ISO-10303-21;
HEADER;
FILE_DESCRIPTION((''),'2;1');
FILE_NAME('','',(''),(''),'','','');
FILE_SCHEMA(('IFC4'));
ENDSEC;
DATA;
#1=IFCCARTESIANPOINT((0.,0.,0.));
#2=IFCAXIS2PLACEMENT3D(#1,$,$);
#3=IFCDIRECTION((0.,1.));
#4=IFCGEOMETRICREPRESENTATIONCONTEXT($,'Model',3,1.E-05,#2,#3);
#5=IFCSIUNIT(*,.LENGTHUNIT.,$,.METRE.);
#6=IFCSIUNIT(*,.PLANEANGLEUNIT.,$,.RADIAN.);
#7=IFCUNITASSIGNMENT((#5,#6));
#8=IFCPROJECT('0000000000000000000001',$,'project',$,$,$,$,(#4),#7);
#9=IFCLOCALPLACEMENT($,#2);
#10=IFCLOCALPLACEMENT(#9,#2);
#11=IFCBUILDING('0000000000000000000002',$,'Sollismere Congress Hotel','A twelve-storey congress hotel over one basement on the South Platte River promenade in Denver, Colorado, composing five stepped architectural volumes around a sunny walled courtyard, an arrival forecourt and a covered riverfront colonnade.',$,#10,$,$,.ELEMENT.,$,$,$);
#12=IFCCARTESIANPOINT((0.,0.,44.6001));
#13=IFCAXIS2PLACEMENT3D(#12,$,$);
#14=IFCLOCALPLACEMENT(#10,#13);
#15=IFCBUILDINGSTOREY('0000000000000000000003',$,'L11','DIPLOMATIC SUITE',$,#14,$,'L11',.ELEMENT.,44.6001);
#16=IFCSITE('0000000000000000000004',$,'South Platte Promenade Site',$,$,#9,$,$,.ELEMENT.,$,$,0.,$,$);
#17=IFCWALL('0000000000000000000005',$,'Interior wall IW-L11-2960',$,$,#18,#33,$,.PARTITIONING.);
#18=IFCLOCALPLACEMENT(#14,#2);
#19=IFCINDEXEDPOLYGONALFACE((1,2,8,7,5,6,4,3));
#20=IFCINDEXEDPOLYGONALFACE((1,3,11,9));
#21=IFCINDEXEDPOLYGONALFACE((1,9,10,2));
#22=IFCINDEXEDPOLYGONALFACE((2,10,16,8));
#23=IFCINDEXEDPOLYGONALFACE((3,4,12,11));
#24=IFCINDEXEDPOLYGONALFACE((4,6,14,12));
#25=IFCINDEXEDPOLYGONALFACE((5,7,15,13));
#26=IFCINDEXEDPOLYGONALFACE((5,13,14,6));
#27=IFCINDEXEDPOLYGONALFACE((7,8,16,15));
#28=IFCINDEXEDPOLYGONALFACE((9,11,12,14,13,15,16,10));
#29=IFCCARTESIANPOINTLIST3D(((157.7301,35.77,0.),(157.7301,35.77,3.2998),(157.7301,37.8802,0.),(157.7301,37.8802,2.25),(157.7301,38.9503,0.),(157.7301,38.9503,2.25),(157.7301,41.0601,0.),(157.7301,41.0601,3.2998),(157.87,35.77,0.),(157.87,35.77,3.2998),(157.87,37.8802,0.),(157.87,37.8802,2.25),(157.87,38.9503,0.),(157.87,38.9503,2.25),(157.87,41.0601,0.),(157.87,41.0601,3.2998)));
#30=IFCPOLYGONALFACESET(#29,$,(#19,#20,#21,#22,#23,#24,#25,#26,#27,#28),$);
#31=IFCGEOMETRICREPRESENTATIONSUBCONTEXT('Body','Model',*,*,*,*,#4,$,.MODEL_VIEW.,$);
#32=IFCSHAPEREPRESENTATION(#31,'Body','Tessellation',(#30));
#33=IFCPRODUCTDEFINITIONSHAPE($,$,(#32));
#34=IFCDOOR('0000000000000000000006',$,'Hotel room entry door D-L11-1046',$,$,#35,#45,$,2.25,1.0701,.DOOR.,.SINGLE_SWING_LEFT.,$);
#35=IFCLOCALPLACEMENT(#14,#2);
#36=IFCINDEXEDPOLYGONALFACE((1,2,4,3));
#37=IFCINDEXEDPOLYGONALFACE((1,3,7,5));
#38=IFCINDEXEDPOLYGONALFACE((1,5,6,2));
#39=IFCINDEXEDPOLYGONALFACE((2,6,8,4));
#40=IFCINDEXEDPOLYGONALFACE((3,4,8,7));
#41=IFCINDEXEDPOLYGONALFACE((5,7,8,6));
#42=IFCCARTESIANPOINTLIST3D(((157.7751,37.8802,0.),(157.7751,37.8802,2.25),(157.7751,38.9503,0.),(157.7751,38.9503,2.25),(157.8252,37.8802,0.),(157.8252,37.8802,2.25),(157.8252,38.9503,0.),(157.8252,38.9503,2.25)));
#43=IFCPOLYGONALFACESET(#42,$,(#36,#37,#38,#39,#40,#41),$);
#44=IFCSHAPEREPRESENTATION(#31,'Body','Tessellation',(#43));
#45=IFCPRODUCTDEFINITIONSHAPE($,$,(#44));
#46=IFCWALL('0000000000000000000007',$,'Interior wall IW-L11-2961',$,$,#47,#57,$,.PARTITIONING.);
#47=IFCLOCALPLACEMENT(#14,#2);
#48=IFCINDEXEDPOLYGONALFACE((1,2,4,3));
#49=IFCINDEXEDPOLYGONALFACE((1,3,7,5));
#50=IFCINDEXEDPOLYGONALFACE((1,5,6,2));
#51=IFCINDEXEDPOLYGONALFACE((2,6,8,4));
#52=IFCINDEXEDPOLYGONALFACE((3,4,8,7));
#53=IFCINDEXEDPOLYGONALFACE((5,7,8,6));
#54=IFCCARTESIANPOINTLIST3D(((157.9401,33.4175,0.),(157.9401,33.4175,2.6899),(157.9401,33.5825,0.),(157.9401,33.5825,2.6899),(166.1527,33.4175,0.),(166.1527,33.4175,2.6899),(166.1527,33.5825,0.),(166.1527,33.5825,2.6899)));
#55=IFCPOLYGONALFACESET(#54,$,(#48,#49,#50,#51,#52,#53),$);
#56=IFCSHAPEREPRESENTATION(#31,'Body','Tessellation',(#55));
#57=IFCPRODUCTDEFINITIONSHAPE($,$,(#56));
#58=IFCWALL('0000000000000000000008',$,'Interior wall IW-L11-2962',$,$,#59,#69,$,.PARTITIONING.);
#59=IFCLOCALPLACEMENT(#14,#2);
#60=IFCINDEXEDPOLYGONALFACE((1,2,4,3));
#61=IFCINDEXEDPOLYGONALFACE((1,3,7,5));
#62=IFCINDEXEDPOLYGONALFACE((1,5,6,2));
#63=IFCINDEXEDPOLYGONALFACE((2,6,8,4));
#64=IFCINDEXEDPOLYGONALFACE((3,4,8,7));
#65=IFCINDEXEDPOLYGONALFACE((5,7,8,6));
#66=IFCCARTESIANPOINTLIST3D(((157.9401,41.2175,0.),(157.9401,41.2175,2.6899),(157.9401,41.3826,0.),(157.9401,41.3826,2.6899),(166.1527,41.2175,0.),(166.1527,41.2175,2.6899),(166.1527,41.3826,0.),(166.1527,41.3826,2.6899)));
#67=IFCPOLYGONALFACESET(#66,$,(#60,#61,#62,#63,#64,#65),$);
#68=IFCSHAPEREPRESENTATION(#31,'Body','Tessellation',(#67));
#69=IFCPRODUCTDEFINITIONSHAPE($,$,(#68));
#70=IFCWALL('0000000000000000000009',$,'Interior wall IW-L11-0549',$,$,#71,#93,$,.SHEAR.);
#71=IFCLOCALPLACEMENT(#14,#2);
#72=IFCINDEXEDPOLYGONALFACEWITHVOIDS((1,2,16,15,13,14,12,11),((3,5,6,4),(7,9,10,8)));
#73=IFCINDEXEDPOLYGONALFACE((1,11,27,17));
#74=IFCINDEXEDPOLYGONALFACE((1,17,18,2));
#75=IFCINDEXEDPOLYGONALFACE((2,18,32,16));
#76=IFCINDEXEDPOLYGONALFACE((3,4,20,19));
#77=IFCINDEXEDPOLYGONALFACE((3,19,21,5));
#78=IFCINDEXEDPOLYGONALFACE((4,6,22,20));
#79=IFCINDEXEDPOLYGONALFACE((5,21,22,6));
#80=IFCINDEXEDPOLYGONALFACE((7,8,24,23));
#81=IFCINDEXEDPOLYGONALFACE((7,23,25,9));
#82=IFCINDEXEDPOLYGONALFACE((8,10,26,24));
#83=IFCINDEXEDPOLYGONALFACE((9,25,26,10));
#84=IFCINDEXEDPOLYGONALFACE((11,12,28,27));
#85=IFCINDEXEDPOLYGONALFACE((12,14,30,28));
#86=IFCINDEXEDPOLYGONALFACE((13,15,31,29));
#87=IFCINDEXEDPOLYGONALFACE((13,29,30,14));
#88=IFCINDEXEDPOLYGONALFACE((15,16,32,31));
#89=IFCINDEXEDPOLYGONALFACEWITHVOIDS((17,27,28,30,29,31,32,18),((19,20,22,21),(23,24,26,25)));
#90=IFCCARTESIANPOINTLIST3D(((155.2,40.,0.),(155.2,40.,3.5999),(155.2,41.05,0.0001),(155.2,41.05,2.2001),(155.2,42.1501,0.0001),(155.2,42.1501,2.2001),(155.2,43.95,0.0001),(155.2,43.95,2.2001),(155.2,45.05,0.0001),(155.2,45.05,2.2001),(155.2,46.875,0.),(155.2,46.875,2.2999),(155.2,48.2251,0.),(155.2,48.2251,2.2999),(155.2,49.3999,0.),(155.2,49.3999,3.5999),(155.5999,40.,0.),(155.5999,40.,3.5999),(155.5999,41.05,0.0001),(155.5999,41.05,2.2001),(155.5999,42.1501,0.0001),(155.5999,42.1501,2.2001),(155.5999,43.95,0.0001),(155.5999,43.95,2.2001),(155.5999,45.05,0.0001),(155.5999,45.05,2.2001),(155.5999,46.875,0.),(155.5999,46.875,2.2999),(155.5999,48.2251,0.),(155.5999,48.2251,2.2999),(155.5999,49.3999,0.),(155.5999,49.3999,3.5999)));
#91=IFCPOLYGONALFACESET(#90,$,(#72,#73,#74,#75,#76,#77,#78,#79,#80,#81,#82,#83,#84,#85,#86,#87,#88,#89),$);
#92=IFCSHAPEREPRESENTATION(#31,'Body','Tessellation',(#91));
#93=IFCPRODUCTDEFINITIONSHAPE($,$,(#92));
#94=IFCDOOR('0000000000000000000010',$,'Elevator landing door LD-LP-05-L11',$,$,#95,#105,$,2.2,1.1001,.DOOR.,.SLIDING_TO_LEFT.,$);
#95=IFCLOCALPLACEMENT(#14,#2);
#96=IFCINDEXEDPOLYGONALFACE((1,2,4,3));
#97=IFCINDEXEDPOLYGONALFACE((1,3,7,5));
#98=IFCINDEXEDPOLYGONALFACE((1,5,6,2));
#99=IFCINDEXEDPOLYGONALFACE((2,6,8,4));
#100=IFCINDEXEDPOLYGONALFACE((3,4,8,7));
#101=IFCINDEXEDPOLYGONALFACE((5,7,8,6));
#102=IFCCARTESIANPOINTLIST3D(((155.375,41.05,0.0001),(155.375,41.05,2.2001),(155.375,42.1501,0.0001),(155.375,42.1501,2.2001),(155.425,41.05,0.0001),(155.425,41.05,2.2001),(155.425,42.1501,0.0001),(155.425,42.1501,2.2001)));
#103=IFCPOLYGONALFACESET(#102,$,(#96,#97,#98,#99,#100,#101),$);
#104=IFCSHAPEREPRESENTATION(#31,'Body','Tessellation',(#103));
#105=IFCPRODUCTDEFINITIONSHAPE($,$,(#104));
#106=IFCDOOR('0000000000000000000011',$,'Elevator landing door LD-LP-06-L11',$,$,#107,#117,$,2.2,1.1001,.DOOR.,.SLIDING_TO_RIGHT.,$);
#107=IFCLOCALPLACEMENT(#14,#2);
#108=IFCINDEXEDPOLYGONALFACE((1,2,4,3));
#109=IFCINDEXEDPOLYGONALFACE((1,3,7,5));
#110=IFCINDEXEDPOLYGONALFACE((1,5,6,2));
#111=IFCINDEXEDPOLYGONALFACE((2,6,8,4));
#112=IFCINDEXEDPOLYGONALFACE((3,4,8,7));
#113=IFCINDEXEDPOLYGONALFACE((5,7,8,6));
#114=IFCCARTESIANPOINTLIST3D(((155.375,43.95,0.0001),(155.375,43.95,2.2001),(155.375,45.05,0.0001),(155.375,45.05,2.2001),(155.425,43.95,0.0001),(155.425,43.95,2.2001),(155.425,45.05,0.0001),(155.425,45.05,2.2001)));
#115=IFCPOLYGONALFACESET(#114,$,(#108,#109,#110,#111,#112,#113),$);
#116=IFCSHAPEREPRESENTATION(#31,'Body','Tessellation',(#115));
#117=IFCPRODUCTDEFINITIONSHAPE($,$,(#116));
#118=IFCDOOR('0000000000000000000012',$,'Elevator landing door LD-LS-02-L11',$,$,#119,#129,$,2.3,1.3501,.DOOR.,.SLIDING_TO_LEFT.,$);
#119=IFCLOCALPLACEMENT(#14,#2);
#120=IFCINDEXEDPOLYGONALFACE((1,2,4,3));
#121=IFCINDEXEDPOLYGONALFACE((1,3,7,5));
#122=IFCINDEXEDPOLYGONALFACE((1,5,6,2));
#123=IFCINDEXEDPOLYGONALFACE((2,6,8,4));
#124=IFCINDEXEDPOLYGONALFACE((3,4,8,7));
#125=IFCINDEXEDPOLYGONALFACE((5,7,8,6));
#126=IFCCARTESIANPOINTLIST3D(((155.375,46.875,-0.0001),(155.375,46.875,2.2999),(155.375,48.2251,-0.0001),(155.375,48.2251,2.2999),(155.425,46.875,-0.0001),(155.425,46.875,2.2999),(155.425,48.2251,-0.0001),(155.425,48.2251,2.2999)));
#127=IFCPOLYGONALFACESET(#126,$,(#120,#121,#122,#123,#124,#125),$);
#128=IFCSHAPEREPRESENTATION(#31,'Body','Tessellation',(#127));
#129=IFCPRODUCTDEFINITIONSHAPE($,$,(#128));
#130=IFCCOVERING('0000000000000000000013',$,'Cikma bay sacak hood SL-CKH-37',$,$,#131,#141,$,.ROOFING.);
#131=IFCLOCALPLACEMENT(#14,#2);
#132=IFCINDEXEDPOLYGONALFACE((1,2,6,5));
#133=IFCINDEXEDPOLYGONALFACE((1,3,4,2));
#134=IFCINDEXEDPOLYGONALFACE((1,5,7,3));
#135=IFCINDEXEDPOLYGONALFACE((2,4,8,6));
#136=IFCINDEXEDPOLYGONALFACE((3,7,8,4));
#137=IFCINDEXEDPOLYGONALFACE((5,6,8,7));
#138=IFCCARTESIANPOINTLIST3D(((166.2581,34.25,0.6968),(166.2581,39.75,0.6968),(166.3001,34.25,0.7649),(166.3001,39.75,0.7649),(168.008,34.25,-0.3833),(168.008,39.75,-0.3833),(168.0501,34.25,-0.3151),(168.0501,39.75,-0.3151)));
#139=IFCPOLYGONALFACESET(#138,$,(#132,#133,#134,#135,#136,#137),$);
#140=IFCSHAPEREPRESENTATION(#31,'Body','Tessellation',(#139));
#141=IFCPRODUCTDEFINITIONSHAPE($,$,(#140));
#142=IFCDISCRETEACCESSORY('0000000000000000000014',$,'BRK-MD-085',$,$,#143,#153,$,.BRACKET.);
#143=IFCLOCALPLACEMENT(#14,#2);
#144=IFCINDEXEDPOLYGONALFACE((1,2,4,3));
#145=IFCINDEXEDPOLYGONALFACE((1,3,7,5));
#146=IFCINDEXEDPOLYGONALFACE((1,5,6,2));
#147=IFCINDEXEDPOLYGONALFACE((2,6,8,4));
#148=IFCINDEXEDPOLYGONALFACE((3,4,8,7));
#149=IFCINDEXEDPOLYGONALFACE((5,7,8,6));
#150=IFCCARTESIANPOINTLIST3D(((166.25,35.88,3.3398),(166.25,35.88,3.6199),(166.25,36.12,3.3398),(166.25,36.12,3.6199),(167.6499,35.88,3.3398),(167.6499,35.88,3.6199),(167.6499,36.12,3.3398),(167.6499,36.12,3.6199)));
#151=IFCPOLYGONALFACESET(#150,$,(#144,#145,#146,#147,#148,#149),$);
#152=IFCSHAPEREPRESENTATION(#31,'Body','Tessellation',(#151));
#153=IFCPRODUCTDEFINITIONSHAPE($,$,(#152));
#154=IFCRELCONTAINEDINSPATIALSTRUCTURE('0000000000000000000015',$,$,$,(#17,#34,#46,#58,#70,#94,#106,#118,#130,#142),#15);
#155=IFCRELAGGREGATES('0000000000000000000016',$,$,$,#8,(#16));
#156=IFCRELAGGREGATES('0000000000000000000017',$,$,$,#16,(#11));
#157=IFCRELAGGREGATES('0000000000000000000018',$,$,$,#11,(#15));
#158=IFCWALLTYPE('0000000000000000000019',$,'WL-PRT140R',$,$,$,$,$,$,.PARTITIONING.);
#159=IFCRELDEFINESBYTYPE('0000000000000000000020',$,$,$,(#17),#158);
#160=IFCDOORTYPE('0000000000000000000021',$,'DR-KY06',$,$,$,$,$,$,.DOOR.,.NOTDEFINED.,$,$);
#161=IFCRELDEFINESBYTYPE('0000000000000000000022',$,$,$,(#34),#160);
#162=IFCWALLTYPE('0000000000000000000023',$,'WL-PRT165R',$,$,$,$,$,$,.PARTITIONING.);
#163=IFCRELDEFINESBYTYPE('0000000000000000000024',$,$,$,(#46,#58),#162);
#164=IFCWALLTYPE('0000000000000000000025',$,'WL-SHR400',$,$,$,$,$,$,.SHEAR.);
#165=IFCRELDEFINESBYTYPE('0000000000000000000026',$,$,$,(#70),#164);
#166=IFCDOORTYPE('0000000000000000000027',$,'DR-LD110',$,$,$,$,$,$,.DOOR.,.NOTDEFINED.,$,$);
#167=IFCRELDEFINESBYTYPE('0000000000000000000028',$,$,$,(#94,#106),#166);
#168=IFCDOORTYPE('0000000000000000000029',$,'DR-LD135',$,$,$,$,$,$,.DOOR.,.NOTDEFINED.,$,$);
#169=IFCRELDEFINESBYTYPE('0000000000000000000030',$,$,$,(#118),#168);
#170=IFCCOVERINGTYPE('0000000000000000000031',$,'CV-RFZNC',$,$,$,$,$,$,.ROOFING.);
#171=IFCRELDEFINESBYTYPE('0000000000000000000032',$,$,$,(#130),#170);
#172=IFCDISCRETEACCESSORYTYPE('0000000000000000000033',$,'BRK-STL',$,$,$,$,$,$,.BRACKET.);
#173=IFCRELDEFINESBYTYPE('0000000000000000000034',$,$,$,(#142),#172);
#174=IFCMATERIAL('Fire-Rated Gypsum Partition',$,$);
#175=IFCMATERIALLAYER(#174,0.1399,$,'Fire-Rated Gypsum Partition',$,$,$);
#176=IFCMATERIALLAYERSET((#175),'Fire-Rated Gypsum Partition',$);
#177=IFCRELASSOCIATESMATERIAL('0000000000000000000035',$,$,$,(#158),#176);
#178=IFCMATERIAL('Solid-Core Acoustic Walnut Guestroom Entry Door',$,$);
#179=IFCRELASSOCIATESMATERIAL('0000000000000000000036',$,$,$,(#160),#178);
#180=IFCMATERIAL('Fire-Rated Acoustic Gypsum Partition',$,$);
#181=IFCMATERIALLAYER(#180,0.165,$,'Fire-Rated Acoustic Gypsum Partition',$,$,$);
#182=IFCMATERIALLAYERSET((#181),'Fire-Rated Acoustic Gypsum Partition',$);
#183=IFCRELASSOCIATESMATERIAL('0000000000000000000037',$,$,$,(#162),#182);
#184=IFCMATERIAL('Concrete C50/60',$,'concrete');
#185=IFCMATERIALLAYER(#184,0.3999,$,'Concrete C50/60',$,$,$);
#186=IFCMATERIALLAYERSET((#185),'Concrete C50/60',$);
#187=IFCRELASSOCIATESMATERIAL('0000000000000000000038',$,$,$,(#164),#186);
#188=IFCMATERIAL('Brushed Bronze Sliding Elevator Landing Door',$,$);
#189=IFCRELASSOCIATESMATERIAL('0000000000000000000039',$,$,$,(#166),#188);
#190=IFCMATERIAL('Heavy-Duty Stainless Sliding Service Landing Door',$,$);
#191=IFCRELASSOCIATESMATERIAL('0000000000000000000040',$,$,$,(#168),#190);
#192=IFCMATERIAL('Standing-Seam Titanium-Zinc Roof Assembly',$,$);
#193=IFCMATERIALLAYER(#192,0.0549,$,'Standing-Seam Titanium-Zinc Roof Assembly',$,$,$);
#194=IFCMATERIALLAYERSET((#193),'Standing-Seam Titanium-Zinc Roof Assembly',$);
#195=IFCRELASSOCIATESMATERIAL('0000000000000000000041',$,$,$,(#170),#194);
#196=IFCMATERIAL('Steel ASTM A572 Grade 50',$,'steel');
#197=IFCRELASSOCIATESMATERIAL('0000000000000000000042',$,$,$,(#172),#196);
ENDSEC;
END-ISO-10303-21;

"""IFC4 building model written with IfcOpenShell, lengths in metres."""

from ifc_helpers import new_model, si_unit, direction, frame, frame_2d, origin, origin_2d, place, context, subcontext, project, spatial, polyline, rectangle, outline, extrude, material, layer, layer_set, type_object, element, fill, save


model = new_model("IFC4")

# Units and contexts
model_context = context("Model", 3, precision=1e-05, world=origin(), true_north=direction((0.0, 1.0)))
body_context = subcontext(model_context, "Body", "Model", "MODEL_VIEW")
ifc_project = project(units=[si_unit("LENGTHUNIT", "METRE"), si_unit("PLANEANGLEUNIT", "RADIAN")], contexts=[model_context])

# Site, building, storey
site_placement = place(None, origin())
site = spatial("IfcSite", under=ifc_project, at=site_placement, Name="South Platte Promenade Site", CompositionType="ELEMENT", RefElevation=0.0)
building_placement = place(site_placement, origin())
building = spatial("IfcBuilding", under=site, at=building_placement, Name="Sollismere Congress Hotel", Description="A twelve-storey congress hotel over one basement on the South Platte River promenade in Denver, Colorado, composing five stepped architectural volumes around a sunny walled courtyard, an arrival forecourt and a covered riverfront colonnade.", CompositionType="ELEMENT")
storey_placement = place(building_placement, frame((0.0, 0.0, 44.6001)))
storey = spatial("IfcBuildingStorey", under=building, at=storey_placement, Name="L11", Description="DIPLOMATIC SUITE", LongName="L11", CompositionType="ELEMENT", Elevation=44.6001)

# Shared definitions
ifc_material_1 = material(Name="Fire-Rated Gypsum Partition")
ifc_layer_1 = layer(ifc_material_1, 0.1399, Name="Fire-Rated Gypsum Partition")
ifc_layer_set_1 = layer_set([ifc_layer_1], Name="Fire-Rated Gypsum Partition")
wall_type_1 = type_object("IfcWallType", Name="WL-PRT140R", PredefinedType="PARTITIONING", material=ifc_layer_set_1)

# Wall, opening, door
wall_1_placement = place(storey_placement, frame((157.8, 35.77, 0.0), z_axis=(0.0, 0.0, 1.0), x_axis=(0.0, 1.0, 0.0)))
wall_1 = element("IfcWall", 1, at=wall_1_placement, inside=storey, type_object=wall_type_1, Name="Interior wall IW-L11-2960", PredefinedType="PARTITIONING", context=body_context, shape_type="SweptSolid", body=[
    extrude(rectangle(XDim=5.29, YDim=0.1399, at=frame_2d((2.645, 0.0))), origin(), (0.0, 0.0, 1.0), 3.2998),
])
opening_1_placement = place(wall_1_placement, frame((2.1101, 0.0, 0.0)))
opening_1 = element("IfcOpeningElement", 2, at=opening_1_placement, cuts=wall_1, PredefinedType="OPENING", context=body_context, shape_type="SweptSolid", body=[
    extrude(rectangle(XDim=1.0701, YDim=2.25, at=frame_2d((0.5352, 1.125))), frame((0.0, 0.0798, 0.0), z_axis=(0.0, -1.0, 0.0), x_axis=(1.0, 0.0, 0.0)), (0.0, 0.0, 1.0), 0.1599),
])
ifc_material_2 = material(Name="Solid-Core Acoustic Walnut Guestroom Entry Door")
door_type_1 = type_object("IfcDoorType", Name="DR-KY06", OperationType="NOTDEFINED", PredefinedType="DOOR", material=ifc_material_2)
door_1_placement = place(opening_1_placement, origin())
door_1 = element("IfcDoor", 3, at=door_1_placement, inside=storey, type_object=door_type_1, Name="Hotel room entry door D-L11-1046", OperationType="SINGLE_SWING_LEFT", OverallHeight=2.25, OverallWidth=1.0701, PredefinedType="DOOR", context=body_context, shape_type="SweptSolid", body=[
    extrude(rectangle(XDim=1.0701, YDim=2.25, at=frame_2d((0.5352, 1.125))), frame((0.0, 0.0249, 0.0), z_axis=(0.0, -1.0, 0.0), x_axis=(1.0, 0.0, 0.0)), (0.0, 0.0, 1.0), 0.05),
])
fill(opening_1, door_1)

# Walls
ifc_material_3 = material(Name="Fire-Rated Acoustic Gypsum Partition")
ifc_layer_2 = layer(ifc_material_3, 0.165, Name="Fire-Rated Acoustic Gypsum Partition")
ifc_layer_set_2 = layer_set([ifc_layer_2], Name="Fire-Rated Acoustic Gypsum Partition")
wall_type_2 = type_object("IfcWallType", Name="WL-PRT165R", PredefinedType="PARTITIONING", material=ifc_layer_set_2)
for number, where, z_axis, x_axis, name in (
    (4, (157.9399, 33.5, 0.0), (0.0, 0.0, 1.0), (1.0, 0.0, 0.0), "Interior wall IW-L11-2961"),
    (5, (157.9399, 41.3, 0.0), (0.0, 0.0, 1.0), (1.0, 0.0, 0.0), "Interior wall IW-L11-2962"),
):
    element("IfcWall", number, at=place(storey_placement, frame(where, z_axis=z_axis, x_axis=x_axis)), inside=storey, type_object=wall_type_2, Name=name, PredefinedType="PARTITIONING", context=body_context, shape_type="SweptSolid", body=[
        extrude(rectangle(XDim=8.2126, YDim=0.165, at=frame_2d((4.1064, 0.0))), origin(), (0.0, 0.0, 1.0), 2.6899),
    ])

# Wall, openings, doors
ifc_material_4 = material(Name="Concrete C50/60", Category="concrete")
ifc_layer_3 = layer(ifc_material_4, 0.3999, Name="Concrete C50/60")
ifc_layer_set_3 = layer_set([ifc_layer_3], Name="Concrete C50/60")
wall_type_3 = type_object("IfcWallType", Name="WL-SHR400", PredefinedType="SHEAR", material=ifc_layer_set_3)
wall_2_placement = place(storey_placement, frame((155.3999, 40.0, 0.0), z_axis=(0.0, 0.0, 1.0), x_axis=(0.0, 1.0, 0.0)))
wall_2 = element("IfcWall", 6, at=wall_2_placement, inside=storey, type_object=wall_type_3, Name="Interior wall IW-L11-0549", PredefinedType="SHEAR", context=body_context, shape_type="SweptSolid", body=[
    extrude(rectangle(XDim=9.3999, YDim=0.3999, at=frame_2d((4.7, 0.0))), origin(), (0.0, 0.0, 1.0), 3.5999),
])
opening_2_placement = place(wall_2_placement, frame((1.05, 0.0, 0.0)))
opening_2 = element("IfcOpeningElement", 7, at=opening_2_placement, cuts=wall_2, PredefinedType="OPENING", context=body_context, shape_type="SweptSolid", body=[
    extrude(rectangle(XDim=1.1001, YDim=2.2, at=frame_2d((0.55, 1.1001))), frame((0.0, 0.21, 0.0), z_axis=(0.0, -1.0, 0.0), x_axis=(1.0, 0.0, 0.0)), (0.0, 0.0, 1.0), 0.4199),
])
opening_3_placement = place(wall_2_placement, frame((3.95, 0.0, 0.0)))
opening_3 = element("IfcOpeningElement", 8, at=opening_3_placement, cuts=wall_2, PredefinedType="OPENING", context=body_context, shape_type="SweptSolid", body=[
    extrude(rectangle(XDim=1.1001, YDim=2.2, at=frame_2d((0.55, 1.1001))), frame((0.0, 0.21, 0.0), z_axis=(0.0, -1.0, 0.0), x_axis=(1.0, 0.0, 0.0)), (0.0, 0.0, 1.0), 0.4199),
])
opening_4_placement = place(wall_2_placement, frame((6.875, 0.0, 0.0)))
opening_4 = element("IfcOpeningElement", 9, at=opening_4_placement, cuts=wall_2, PredefinedType="OPENING", context=body_context, shape_type="SweptSolid", body=[
    extrude(rectangle(XDim=1.3501, YDim=2.3, at=frame_2d((0.675, 1.1499))), frame((0.0, 0.21, 0.0), z_axis=(0.0, -1.0, 0.0), x_axis=(1.0, 0.0, 0.0)), (0.0, 0.0, 1.0), 0.4199),
])
ifc_material_5 = material(Name="Brushed Bronze Sliding Elevator Landing Door")
door_type_2 = type_object("IfcDoorType", Name="DR-LD110", OperationType="NOTDEFINED", PredefinedType="DOOR", material=ifc_material_5)
door_2_placement = place(opening_2_placement, origin())
door_2 = element("IfcDoor", 10, at=door_2_placement, inside=storey, type_object=door_type_2, Name="Elevator landing door LD-LP-05-L11", OperationType="SLIDING_TO_LEFT", OverallHeight=2.2, OverallWidth=1.1001, PredefinedType="DOOR", context=body_context, shape_type="SweptSolid", body=[
    extrude(rectangle(XDim=1.1001, YDim=2.2, at=frame_2d((0.55, 1.1001))), frame((0.0, 0.0249, 0.0), z_axis=(0.0, -1.0, 0.0), x_axis=(1.0, 0.0, 0.0)), (0.0, 0.0, 1.0), 0.05),
])
fill(opening_2, door_2)
door_3_placement = place(opening_3_placement, origin())
door_3 = element("IfcDoor", 11, at=door_3_placement, inside=storey, type_object=door_type_2, Name="Elevator landing door LD-LP-06-L11", OperationType="SLIDING_TO_RIGHT", OverallHeight=2.2, OverallWidth=1.1001, PredefinedType="DOOR", context=body_context, shape_type="SweptSolid", body=[
    extrude(rectangle(XDim=1.1001, YDim=2.2, at=frame_2d((0.55, 1.1001))), frame((0.0, 0.0249, 0.0), z_axis=(0.0, -1.0, 0.0), x_axis=(1.0, 0.0, 0.0)), (0.0, 0.0, 1.0), 0.05),
])
fill(opening_3, door_3)
ifc_material_6 = material(Name="Heavy-Duty Stainless Sliding Service Landing Door")
door_type_3 = type_object("IfcDoorType", Name="DR-LD135", OperationType="NOTDEFINED", PredefinedType="DOOR", material=ifc_material_6)
door_4_placement = place(opening_4_placement, origin())
door_4 = element("IfcDoor", 12, at=door_4_placement, inside=storey, type_object=door_type_3, Name="Elevator landing door LD-LS-02-L11", OperationType="SLIDING_TO_LEFT", OverallHeight=2.3, OverallWidth=1.3501, PredefinedType="DOOR", context=body_context, shape_type="SweptSolid", body=[
    extrude(rectangle(XDim=1.3501, YDim=2.3, at=frame_2d((0.675, 1.1499))), frame((0.0, 0.0249, 0.0), z_axis=(0.0, -1.0, 0.0), x_axis=(1.0, 0.0, 0.0)), (0.0, 0.0, 1.0), 0.05),
])
fill(opening_4, door_4)

# Covering
ifc_material_7 = material(Name="Standing-Seam Titanium-Zinc Roof Assembly")
ifc_layer_4 = layer(ifc_material_7, 0.0549, Name="Standing-Seam Titanium-Zinc Roof Assembly")
ifc_layer_set_4 = layer_set([ifc_layer_4], Name="Standing-Seam Titanium-Zinc Roof Assembly")
covering_type = type_object("IfcCoveringType", Name="CV-RFZNC", PredefinedType="ROOFING", material=ifc_layer_set_4)
covering_placement = place(storey_placement, frame((166.2581, 34.25, 0.6968), z_axis=(0.52521, 0.0, 0.850973), x_axis=(0.850973, 0.0, -0.52521)))
element("IfcCovering", 13, at=covering_placement, inside=storey, type_object=covering_type, Name="Cikma bay sacak hood SL-CKH-37", PredefinedType="ROOFING", context=body_context, shape_type="SweptSolid", body=[
    extrude(outline(polyline([(0.0, 0.0), (2.0564, 0.0), (2.0564, 5.5), (0.0, 5.5), (0.0, 0.0)])), origin(), (0.0, 0.0, 1.0), 0.0801),
])

# Discrete accessory
ifc_material_8 = material(Name="Steel ASTM A572 Grade 50", Category="steel")
discrete_accessory_type = type_object("IfcDiscreteAccessoryType", Name="BRK-STL", PredefinedType="BRACKET", material=ifc_material_8)
discrete_accessory_placement = place(storey_placement, frame((166.95, 36.0, 3.3398), z_axis=(0.0, 0.0, 1.0), x_axis=(1.0, 0.0, 0.0)))
element("IfcDiscreteAccessory", 14, at=discrete_accessory_placement, inside=storey, type_object=discrete_accessory_type, Name="BRK-MD-085", PredefinedType="BRACKET", context=body_context, shape_type="SweptSolid", body=[
    extrude(rectangle(XDim=1.3999, YDim=0.24, at=origin_2d()), origin(), (0.0, 0.0, 1.0), 0.28),
])

save(model, "model.ifc")
